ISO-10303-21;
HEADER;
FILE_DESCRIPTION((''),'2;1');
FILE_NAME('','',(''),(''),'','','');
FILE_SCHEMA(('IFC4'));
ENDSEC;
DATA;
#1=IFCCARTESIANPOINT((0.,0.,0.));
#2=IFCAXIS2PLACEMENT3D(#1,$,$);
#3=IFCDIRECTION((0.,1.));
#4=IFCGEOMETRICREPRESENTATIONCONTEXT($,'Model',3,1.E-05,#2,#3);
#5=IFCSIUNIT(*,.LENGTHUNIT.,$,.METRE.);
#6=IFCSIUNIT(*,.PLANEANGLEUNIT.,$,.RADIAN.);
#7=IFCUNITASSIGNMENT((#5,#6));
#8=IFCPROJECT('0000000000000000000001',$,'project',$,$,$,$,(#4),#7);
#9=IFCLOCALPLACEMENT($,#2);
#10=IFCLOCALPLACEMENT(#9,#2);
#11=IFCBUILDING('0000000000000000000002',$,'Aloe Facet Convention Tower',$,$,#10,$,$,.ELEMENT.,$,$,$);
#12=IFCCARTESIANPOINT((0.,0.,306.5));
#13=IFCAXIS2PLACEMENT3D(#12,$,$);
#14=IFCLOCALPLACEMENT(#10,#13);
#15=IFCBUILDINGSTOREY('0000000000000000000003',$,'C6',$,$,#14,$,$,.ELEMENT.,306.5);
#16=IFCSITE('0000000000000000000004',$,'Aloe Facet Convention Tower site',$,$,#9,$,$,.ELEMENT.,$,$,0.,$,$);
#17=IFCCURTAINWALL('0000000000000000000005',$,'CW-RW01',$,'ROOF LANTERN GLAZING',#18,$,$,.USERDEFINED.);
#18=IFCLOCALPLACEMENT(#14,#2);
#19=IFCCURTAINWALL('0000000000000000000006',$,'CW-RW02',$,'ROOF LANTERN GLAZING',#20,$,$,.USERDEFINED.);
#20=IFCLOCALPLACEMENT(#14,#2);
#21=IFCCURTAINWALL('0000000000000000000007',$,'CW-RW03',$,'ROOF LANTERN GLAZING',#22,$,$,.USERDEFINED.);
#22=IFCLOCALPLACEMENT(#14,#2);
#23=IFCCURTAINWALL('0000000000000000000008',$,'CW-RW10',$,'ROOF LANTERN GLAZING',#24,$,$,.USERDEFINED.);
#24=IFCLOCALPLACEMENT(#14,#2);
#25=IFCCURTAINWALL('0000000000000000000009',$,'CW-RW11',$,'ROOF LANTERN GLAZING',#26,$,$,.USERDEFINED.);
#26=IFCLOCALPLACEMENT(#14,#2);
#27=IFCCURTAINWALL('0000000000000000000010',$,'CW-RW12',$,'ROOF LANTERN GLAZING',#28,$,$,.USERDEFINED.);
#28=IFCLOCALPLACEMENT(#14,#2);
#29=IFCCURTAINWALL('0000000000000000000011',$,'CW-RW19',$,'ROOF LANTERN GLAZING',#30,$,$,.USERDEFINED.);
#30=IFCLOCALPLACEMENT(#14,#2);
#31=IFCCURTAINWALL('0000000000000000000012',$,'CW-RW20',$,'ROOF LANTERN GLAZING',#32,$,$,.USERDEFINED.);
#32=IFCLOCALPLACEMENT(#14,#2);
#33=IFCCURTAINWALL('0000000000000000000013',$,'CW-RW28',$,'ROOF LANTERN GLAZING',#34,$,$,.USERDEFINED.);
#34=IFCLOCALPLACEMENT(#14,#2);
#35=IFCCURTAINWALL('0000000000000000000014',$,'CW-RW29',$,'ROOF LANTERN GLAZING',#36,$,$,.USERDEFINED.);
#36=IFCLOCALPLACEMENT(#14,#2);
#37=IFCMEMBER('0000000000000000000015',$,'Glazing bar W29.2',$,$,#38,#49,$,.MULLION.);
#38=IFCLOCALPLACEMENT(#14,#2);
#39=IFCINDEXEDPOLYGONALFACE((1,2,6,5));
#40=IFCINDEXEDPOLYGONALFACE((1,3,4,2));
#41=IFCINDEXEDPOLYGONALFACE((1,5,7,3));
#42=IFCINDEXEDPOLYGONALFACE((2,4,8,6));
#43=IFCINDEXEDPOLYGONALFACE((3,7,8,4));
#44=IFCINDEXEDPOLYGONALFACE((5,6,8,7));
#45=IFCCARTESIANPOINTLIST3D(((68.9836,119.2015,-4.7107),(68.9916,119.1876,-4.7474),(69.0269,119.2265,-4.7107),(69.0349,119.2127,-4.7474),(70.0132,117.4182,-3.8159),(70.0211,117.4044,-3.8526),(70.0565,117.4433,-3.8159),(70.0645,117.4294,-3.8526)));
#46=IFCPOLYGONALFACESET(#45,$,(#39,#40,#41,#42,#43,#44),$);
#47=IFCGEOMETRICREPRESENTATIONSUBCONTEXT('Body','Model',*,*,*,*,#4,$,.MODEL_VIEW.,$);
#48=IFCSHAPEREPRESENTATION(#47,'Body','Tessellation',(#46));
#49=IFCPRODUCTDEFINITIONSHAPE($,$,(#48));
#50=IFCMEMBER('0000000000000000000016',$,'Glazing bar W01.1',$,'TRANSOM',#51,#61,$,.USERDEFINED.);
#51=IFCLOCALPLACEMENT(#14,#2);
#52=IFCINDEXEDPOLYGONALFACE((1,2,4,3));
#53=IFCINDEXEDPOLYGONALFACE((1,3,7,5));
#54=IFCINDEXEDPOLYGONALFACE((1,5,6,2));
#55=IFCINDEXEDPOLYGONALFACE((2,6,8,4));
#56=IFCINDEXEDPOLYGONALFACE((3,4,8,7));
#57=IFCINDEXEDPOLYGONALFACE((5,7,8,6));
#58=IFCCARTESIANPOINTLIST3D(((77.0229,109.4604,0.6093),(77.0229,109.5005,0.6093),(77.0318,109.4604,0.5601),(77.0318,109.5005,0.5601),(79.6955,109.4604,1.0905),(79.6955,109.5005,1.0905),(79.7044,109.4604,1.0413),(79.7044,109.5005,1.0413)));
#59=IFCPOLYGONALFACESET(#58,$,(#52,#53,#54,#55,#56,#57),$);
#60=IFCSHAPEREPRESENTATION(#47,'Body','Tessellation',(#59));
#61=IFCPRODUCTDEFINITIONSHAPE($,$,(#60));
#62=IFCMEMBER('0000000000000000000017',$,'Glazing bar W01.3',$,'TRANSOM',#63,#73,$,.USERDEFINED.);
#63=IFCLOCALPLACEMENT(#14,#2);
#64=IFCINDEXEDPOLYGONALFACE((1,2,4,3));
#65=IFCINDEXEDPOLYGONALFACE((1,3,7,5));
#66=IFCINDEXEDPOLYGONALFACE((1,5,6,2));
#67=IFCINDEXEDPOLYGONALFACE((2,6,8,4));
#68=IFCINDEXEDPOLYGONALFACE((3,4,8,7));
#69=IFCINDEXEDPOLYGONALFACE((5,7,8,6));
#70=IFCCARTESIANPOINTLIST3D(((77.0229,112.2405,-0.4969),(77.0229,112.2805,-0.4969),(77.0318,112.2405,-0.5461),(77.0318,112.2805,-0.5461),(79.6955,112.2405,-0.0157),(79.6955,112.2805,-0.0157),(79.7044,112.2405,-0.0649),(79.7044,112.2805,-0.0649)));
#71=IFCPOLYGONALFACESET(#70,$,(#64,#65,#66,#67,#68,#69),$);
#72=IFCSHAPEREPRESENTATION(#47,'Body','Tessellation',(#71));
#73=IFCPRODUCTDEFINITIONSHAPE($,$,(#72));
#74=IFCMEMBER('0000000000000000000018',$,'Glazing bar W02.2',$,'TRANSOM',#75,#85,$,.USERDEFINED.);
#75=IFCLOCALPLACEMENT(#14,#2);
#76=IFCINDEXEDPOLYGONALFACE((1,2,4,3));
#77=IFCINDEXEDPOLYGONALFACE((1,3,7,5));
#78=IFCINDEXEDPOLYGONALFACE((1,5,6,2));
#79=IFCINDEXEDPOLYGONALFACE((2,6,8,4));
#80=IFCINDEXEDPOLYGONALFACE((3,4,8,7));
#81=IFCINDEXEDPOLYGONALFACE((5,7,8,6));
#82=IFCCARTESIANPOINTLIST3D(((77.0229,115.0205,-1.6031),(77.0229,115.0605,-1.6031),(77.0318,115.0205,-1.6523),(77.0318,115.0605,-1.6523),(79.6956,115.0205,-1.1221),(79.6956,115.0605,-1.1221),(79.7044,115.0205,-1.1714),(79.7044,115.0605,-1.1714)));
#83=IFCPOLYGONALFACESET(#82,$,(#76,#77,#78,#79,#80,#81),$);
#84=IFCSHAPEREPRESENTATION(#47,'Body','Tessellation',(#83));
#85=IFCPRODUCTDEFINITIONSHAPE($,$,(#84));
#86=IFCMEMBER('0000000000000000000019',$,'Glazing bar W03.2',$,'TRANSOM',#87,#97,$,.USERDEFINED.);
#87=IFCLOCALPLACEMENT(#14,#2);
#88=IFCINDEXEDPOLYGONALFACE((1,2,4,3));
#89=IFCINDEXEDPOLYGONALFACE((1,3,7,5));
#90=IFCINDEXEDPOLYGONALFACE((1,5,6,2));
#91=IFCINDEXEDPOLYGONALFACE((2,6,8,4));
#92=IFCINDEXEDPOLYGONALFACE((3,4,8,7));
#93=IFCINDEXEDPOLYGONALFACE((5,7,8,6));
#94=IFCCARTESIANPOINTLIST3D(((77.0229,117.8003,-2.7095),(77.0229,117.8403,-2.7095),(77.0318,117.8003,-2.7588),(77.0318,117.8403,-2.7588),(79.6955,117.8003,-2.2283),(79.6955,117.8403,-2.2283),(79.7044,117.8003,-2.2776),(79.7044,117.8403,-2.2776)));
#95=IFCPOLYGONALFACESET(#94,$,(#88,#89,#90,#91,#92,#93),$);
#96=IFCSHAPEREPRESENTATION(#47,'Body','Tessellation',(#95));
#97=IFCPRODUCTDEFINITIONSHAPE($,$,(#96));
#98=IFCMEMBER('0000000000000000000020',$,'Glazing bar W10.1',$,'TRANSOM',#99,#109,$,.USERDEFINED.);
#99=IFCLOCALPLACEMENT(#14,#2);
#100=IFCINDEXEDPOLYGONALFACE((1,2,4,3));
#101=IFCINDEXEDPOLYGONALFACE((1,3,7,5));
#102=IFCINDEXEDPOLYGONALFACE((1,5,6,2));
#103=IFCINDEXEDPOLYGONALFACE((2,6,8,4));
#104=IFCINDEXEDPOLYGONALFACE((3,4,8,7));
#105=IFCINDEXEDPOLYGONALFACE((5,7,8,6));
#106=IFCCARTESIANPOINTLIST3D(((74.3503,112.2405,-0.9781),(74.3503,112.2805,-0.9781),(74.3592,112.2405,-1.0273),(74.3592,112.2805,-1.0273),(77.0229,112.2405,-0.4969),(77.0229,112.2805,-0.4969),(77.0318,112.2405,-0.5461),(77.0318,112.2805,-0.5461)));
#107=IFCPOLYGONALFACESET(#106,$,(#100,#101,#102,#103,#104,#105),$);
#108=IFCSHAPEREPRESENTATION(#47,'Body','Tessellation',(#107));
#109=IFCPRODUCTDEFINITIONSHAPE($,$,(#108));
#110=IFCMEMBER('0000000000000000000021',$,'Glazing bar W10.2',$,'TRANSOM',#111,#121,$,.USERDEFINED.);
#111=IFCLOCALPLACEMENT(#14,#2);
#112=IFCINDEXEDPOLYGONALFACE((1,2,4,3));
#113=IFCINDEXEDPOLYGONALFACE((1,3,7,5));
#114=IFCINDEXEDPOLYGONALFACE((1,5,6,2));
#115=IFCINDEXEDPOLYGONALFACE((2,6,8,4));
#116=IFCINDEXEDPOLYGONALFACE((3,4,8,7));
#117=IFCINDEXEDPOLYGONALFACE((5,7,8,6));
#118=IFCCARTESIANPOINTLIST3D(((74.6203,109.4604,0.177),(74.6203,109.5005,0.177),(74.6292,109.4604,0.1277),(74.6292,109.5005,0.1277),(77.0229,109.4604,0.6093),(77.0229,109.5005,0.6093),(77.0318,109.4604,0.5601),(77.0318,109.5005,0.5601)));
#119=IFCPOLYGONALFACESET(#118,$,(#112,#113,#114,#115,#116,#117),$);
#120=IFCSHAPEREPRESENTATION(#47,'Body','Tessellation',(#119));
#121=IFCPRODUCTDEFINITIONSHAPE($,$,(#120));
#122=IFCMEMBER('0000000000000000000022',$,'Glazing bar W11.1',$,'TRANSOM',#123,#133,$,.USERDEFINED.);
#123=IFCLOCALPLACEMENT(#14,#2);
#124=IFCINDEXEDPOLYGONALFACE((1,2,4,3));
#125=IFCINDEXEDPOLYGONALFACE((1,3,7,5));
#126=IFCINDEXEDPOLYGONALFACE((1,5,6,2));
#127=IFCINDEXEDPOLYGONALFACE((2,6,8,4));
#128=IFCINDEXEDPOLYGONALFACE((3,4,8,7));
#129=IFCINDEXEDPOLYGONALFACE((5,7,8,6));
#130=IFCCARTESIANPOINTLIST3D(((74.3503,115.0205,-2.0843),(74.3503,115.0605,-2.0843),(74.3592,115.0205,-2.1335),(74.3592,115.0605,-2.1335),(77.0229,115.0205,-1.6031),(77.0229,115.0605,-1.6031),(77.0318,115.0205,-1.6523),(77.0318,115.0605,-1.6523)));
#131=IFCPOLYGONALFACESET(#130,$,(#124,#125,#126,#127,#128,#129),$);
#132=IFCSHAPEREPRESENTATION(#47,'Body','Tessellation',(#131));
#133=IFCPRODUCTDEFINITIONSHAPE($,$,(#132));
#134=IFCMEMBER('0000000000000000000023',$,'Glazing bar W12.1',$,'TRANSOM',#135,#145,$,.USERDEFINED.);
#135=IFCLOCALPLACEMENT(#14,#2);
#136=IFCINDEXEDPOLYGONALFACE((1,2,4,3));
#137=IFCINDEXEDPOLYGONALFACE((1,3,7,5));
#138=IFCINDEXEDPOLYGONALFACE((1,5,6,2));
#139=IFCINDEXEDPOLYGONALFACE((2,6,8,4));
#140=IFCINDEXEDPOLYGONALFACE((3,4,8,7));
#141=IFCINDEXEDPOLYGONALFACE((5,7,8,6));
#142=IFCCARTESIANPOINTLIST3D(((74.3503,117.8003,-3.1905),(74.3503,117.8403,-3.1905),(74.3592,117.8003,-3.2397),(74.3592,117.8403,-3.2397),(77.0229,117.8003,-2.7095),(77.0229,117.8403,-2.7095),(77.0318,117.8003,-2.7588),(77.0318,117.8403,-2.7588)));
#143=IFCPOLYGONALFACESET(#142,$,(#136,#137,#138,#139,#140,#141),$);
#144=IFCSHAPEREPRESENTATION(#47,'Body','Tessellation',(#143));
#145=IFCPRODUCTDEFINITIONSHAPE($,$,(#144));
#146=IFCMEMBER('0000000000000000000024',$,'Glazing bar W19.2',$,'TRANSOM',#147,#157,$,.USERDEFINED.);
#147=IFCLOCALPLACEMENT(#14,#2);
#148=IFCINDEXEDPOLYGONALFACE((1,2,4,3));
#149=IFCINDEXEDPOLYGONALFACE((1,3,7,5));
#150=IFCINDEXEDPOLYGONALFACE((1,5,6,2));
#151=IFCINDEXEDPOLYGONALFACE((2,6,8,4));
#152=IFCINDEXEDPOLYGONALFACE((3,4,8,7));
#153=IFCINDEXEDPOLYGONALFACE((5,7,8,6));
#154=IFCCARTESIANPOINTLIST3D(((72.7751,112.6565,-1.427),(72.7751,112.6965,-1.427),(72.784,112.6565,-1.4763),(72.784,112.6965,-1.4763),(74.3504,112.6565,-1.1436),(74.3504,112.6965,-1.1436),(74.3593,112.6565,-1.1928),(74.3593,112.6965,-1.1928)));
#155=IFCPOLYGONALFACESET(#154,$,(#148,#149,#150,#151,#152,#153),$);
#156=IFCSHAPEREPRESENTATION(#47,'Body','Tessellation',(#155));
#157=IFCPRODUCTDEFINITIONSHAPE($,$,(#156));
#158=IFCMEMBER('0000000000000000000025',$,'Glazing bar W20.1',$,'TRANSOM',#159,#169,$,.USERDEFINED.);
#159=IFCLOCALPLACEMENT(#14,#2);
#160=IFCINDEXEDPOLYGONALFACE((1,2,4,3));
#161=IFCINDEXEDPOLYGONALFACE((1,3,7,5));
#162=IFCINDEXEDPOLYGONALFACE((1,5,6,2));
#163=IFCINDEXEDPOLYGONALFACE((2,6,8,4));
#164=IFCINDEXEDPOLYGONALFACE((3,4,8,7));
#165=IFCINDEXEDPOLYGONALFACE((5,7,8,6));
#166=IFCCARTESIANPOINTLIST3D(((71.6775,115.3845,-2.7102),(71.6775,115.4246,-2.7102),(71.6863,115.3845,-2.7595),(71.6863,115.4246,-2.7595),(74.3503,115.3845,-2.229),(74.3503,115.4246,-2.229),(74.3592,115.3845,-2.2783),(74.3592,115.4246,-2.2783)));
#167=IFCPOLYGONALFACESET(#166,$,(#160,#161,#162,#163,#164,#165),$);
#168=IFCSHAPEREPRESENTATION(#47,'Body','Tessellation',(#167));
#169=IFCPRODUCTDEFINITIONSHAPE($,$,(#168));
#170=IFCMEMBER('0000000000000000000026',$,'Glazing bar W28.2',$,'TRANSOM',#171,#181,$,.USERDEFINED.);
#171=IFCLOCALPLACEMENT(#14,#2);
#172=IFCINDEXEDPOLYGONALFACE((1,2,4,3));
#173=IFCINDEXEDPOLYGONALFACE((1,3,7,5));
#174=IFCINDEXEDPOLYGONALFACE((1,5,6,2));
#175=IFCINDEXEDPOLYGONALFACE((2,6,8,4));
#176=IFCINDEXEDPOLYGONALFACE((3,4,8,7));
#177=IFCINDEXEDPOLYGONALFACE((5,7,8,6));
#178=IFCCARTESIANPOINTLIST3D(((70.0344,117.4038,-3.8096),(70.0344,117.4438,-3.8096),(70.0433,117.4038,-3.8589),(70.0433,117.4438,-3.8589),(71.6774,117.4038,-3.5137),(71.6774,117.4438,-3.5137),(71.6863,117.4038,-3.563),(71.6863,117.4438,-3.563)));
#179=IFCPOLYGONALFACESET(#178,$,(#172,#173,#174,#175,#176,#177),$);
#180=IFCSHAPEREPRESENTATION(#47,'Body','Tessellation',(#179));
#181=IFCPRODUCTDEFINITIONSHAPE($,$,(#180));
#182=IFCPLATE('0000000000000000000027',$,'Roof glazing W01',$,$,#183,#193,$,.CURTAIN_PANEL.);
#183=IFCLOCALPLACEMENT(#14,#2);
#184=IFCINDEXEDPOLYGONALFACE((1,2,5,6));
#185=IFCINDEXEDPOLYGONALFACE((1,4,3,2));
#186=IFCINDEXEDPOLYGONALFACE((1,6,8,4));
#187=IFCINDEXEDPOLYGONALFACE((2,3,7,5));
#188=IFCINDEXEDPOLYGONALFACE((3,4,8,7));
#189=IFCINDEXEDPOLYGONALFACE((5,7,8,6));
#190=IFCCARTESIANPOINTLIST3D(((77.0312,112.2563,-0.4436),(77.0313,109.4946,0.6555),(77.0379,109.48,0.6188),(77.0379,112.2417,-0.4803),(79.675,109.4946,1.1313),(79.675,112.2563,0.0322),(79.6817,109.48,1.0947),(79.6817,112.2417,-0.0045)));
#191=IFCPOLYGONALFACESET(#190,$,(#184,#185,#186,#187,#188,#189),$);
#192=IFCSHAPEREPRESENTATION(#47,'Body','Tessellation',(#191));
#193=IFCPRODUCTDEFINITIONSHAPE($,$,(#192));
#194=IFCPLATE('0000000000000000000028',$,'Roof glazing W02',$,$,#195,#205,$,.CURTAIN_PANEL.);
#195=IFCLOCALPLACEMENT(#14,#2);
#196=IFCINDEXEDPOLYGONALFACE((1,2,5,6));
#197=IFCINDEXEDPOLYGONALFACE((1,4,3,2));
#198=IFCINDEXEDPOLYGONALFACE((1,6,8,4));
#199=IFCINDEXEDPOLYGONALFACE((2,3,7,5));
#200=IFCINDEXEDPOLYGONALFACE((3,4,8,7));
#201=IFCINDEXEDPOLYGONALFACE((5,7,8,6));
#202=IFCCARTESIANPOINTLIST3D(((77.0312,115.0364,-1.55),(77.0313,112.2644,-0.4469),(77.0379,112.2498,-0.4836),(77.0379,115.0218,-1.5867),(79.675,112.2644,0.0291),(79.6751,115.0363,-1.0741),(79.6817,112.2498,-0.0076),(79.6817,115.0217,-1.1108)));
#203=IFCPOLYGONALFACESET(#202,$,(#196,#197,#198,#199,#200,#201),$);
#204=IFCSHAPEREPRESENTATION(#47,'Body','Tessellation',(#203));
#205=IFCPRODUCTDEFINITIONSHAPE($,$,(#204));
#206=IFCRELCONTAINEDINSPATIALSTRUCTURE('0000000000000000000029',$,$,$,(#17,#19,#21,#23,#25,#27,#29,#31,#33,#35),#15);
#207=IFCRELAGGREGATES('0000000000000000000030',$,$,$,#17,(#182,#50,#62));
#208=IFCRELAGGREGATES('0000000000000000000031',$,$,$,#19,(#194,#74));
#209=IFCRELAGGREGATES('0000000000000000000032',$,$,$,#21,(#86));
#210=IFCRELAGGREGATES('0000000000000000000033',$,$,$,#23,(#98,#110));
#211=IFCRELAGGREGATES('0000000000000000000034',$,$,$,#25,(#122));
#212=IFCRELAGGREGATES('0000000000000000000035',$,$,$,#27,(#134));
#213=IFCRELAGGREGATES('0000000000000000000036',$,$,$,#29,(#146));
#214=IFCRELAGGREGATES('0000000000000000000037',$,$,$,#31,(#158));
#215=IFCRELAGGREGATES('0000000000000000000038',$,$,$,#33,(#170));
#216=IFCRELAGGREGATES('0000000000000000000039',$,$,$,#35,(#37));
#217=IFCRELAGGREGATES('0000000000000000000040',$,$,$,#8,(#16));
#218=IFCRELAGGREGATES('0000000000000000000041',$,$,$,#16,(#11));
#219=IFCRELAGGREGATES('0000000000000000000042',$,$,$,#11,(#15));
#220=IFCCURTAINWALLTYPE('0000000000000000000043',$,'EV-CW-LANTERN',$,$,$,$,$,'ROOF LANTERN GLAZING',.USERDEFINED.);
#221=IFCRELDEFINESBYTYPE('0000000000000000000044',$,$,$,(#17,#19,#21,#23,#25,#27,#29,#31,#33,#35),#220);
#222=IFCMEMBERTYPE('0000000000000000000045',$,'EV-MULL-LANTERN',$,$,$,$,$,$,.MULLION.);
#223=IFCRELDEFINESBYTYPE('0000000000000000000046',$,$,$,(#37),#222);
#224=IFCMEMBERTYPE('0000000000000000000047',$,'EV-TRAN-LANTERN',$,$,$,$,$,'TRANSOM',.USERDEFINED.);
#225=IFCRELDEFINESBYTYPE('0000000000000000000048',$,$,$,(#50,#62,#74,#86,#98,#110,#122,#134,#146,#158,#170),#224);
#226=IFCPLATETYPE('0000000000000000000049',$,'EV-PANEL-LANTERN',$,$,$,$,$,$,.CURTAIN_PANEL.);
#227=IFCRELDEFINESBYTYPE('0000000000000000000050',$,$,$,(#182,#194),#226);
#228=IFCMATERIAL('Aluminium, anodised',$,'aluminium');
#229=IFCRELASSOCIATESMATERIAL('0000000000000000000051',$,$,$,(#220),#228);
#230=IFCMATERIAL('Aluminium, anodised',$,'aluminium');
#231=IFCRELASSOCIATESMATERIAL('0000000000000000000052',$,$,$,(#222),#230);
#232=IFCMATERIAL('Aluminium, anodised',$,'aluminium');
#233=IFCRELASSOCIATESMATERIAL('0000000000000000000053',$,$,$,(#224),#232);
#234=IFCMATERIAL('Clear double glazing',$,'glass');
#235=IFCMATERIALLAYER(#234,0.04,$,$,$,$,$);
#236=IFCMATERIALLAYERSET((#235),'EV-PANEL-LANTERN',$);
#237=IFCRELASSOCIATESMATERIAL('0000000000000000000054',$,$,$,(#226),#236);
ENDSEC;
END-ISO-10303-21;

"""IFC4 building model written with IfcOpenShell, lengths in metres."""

from ifc_helpers import new_model, si_unit, direction, frame, origin, origin_2d, place, context, subcontext, project, spatial, polyline, rectangle, outline, extrude, material, layer, layer_set, material_profile, profile_set, type_object, element, aggregate, save


model = new_model("IFC4")

# Units and contexts
model_context = context("Model", 3, precision=1e-05, world=origin(), true_north=direction((0.0, 1.0)))
body_context = subcontext(model_context, "Body", "Model", "MODEL_VIEW")
ifc_project = project(units=[si_unit("LENGTHUNIT", "METRE"), si_unit("PLANEANGLEUNIT", "RADIAN")], contexts=[model_context])

# Site, building, storey
site_placement = place(None, origin())
site = spatial("IfcSite", under=ifc_project, at=site_placement, Name="Aloe Facet Convention Tower site", CompositionType="ELEMENT", RefElevation=0.0)
building_placement = place(site_placement, origin())
building = spatial("IfcBuilding", under=site, at=building_placement, Name="Aloe Facet Convention Tower", CompositionType="ELEMENT")
storey_placement = place(building_placement, frame((0.0, 0.0, 306.5)))
storey = spatial("IfcBuildingStorey", under=building, at=storey_placement, Name="C6", CompositionType="ELEMENT", Elevation=306.5)

# Curtain walls
ifc_material_1 = material(Name="Aluminium, anodised", Category="aluminium")
curtain_wall_type = type_object("IfcCurtainWallType", Name="EV-CW-LANTERN", ElementType="ROOF LANTERN GLAZING", PredefinedType="USERDEFINED", material=ifc_material_1)
curtain_wall_1_placement = place(storey_placement, origin())
curtain_wall_1 = element("IfcCurtainWall", 1, at=curtain_wall_1_placement, inside=storey, type_object=curtain_wall_type, Name="CW-RW01", ObjectType="ROOF LANTERN GLAZING", PredefinedType="USERDEFINED")
ifc_material_2 = material(Name="Aluminium, anodised", Category="aluminium")
ifc_material_profile_1 = material_profile(ifc_material_2, rectangle(XDim=0.05, YDim=0.04, at=origin_2d()), Name="AL 50x40")
ifc_profile_set_1 = profile_set([ifc_material_profile_1], Name="Aluminium, anodised")
member_type_1 = type_object("IfcMemberType", Name="EV-MULL-LANTERN", PredefinedType="MULLION", material=ifc_profile_set_1)
curtain_wall_2_placement = place(storey_placement, origin())
curtain_wall_2 = element("IfcCurtainWall", 2, at=curtain_wall_2_placement, inside=storey, type_object=curtain_wall_type, Name="CW-RW02", ObjectType="ROOF LANTERN GLAZING", PredefinedType="USERDEFINED")

# Curtain wall
curtain_wall_3_placement = place(storey_placement, origin())
curtain_wall_3 = element("IfcCurtainWall", 3, at=curtain_wall_3_placement, inside=storey, type_object=curtain_wall_type, Name="CW-RW03", ObjectType="ROOF LANTERN GLAZING", PredefinedType="USERDEFINED")

# Curtain wall
curtain_wall_4_placement = place(storey_placement, origin())
curtain_wall_4 = element("IfcCurtainWall", 4, at=curtain_wall_4_placement, inside=storey, type_object=curtain_wall_type, Name="CW-RW10", ObjectType="ROOF LANTERN GLAZING", PredefinedType="USERDEFINED")

# Curtain walls
curtain_wall_5_placement = place(storey_placement, origin())
curtain_wall_5 = element("IfcCurtainWall", 5, at=curtain_wall_5_placement, inside=storey, type_object=curtain_wall_type, Name="CW-RW11", ObjectType="ROOF LANTERN GLAZING", PredefinedType="USERDEFINED")
curtain_wall_6_placement = place(storey_placement, origin())
curtain_wall_6 = element("IfcCurtainWall", 6, at=curtain_wall_6_placement, inside=storey, type_object=curtain_wall_type, Name="CW-RW12", ObjectType="ROOF LANTERN GLAZING", PredefinedType="USERDEFINED")
curtain_wall_7_placement = place(storey_placement, origin())
curtain_wall_7 = element("IfcCurtainWall", 7, at=curtain_wall_7_placement, inside=storey, type_object=curtain_wall_type, Name="CW-RW19", ObjectType="ROOF LANTERN GLAZING", PredefinedType="USERDEFINED")

# Curtain wall
curtain_wall_8_placement = place(storey_placement, origin())
curtain_wall_8 = element("IfcCurtainWall", 8, at=curtain_wall_8_placement, inside=storey, type_object=curtain_wall_type, Name="CW-RW20", ObjectType="ROOF LANTERN GLAZING", PredefinedType="USERDEFINED")

# Curtain walls, member
curtain_wall_9_placement = place(storey_placement, origin())
curtain_wall_9 = element("IfcCurtainWall", 9, at=curtain_wall_9_placement, inside=storey, type_object=curtain_wall_type, Name="CW-RW28", ObjectType="ROOF LANTERN GLAZING", PredefinedType="USERDEFINED")
curtain_wall_10_placement = place(storey_placement, origin())
curtain_wall_10 = element("IfcCurtainWall", 10, at=curtain_wall_10_placement, inside=storey, type_object=curtain_wall_type, Name="CW-RW29", ObjectType="ROOF LANTERN GLAZING", PredefinedType="USERDEFINED")
member_1_placement = place(storey_placement, frame((70.0388, 117.4238, -3.8342), z_axis=(-0.458576, 0.794271, -0.398549), x_axis=(-0.866024, -0.500003, 0.0)))
member_1 = element("IfcMember", 11, at=member_1_placement, type_object=member_type_1, Name="Glazing bar W29.2", PredefinedType="MULLION", context=body_context, shape_type="SweptSolid", body=[
    extrude(rectangle(XDim=0.05, YDim=0.04, at=origin_2d()), origin(), (0.0, 0.0, 1.0), 2.2451),
])

# Members
ifc_material_3 = material(Name="Aluminium, anodised", Category="aluminium")
ifc_material_profile_2 = material_profile(ifc_material_3, rectangle(XDim=0.04, YDim=0.05, at=origin_2d()), Name="AL 40x50")
ifc_profile_set_2 = profile_set([ifc_material_profile_2], Name="Aluminium, anodised")
member_type_2 = type_object("IfcMemberType", Name="EV-TRAN-LANTERN", ElementType="TRANSOM", PredefinedType="USERDEFINED", material=ifc_profile_set_2)
member_2_placement = place(storey_placement, frame((79.7, 109.4805, 1.0659), z_axis=(-0.984175, 0.0, -0.1772), x_axis=(0.0, -1.0, 0.0)))
member_2 = element("IfcMember", 12, at=member_2_placement, type_object=member_type_2, Name="Glazing bar W01.1", ObjectType="TRANSOM", PredefinedType="USERDEFINED", context=body_context, shape_type="SweptSolid", body=[
    extrude(rectangle(XDim=0.04, YDim=0.05, at=origin_2d()), origin(), (0.0, 0.0, 1.0), 2.7156),
])
member_3_placement = place(storey_placement, frame((77.0273, 112.2605, -0.5215), z_axis=(0.984175, 0.0, 0.1772), x_axis=(0.0, 1.0, 0.0)))
member_3 = element("IfcMember", 13, at=member_3_placement, type_object=member_type_2, Name="Glazing bar W01.3", ObjectType="TRANSOM", PredefinedType="USERDEFINED", context=body_context, shape_type="SweptSolid", body=[
    extrude(rectangle(XDim=0.04, YDim=0.05, at=origin_2d()), origin(), (0.0, 0.0, 1.0), 2.7156),
])
member_4_placement = place(storey_placement, frame((77.0273, 115.0405, -1.6277), z_axis=(0.984191, 0.0, 0.177113), x_axis=(0.0, 1.0, 0.0)))
member_4 = element("IfcMember", 14, at=member_4_placement, type_object=member_type_2, Name="Glazing bar W02.2", ObjectType="TRANSOM", PredefinedType="USERDEFINED", context=body_context, shape_type="SweptSolid", body=[
    extrude(rectangle(XDim=0.04, YDim=0.05, at=origin_2d()), origin(), (0.0, 0.0, 1.0), 2.7156),
])
member_5_placement = place(storey_placement, frame((77.0273, 117.8203, -2.7341), z_axis=(0.984175, 0.0, 0.1772), x_axis=(0.0, 1.0, 0.0)))
member_5 = element("IfcMember", 15, at=member_5_placement, type_object=member_type_2, Name="Glazing bar W03.2", ObjectType="TRANSOM", PredefinedType="USERDEFINED", context=body_context, shape_type="SweptSolid", body=[
    extrude(rectangle(XDim=0.04, YDim=0.05, at=origin_2d()), origin(), (0.0, 0.0, 1.0), 2.7156),
])
member_6_placement = place(storey_placement, frame((74.3547, 112.2605, -1.0027), z_axis=(0.984175, 0.0, 0.1772), x_axis=(0.0, 1.0, 0.0)))
member_6 = element("IfcMember", 16, at=member_6_placement, type_object=member_type_2, Name="Glazing bar W10.1", ObjectType="TRANSOM", PredefinedType="USERDEFINED", context=body_context, shape_type="SweptSolid", body=[
    extrude(rectangle(XDim=0.04, YDim=0.05, at=origin_2d()), origin(), (0.0, 0.0, 1.0), 2.7156),
])
member_7_placement = place(storey_placement, frame((77.0273, 109.4805, 0.5847), z_axis=(-0.98419, 0.0, -0.177116), x_axis=(0.0, -1.0, 0.0)))
member_7 = element("IfcMember", 17, at=member_7_placement, type_object=member_type_2, Name="Glazing bar W10.2", ObjectType="TRANSOM", PredefinedType="USERDEFINED", context=body_context, shape_type="SweptSolid", body=[
    extrude(rectangle(XDim=0.04, YDim=0.05, at=origin_2d()), origin(), (0.0, 0.0, 1.0), 2.4412),
])
member_8_placement = place(storey_placement, frame((74.3547, 115.0405, -2.1089), z_axis=(0.984175, 0.0, 0.1772), x_axis=(0.0, 1.0, 0.0)))
member_8 = element("IfcMember", 18, at=member_8_placement, type_object=member_type_2, Name="Glazing bar W11.1", ObjectType="TRANSOM", PredefinedType="USERDEFINED", context=body_context, shape_type="SweptSolid", body=[
    extrude(rectangle(XDim=0.04, YDim=0.05, at=origin_2d()), origin(), (0.0, 0.0, 1.0), 2.7156),
])
member_9_placement = place(storey_placement, frame((74.3547, 117.8203, -3.2151), z_axis=(0.984191, 0.0, 0.177113), x_axis=(0.0, 1.0, 0.0)))
member_9 = element("IfcMember", 19, at=member_9_placement, type_object=member_type_2, Name="Glazing bar W12.1", ObjectType="TRANSOM", PredefinedType="USERDEFINED", context=body_context, shape_type="SweptSolid", body=[
    extrude(rectangle(XDim=0.04, YDim=0.05, at=origin_2d()), origin(), (0.0, 0.0, 1.0), 2.7156),
])
member_10_placement = place(storey_placement, frame((72.7795, 112.6765, -1.4517), z_axis=(0.984193, 0.0, 0.1771), x_axis=(0.0, 1.0, 0.0)))
member_10 = element("IfcMember", 20, at=member_10_placement, type_object=member_type_2, Name="Glazing bar W19.2", ObjectType="TRANSOM", PredefinedType="USERDEFINED", context=body_context, shape_type="SweptSolid", body=[
    extrude(rectangle(XDim=0.04, YDim=0.05, at=origin_2d()), origin(), (0.0, 0.0, 1.0), 1.6006),
])
member_11_placement = place(storey_placement, frame((71.6819, 115.4045, -2.7349), z_axis=(0.984178, 0.0, 0.177184), x_axis=(0.0, 1.0, 0.0)))
member_11 = element("IfcMember", 21, at=member_11_placement, type_object=member_type_2, Name="Glazing bar W20.1", ObjectType="TRANSOM", PredefinedType="USERDEFINED", context=body_context, shape_type="SweptSolid", body=[
    extrude(rectangle(XDim=0.04, YDim=0.05, at=origin_2d()), origin(), (0.0, 0.0, 1.0), 2.7158),
])
member_12_placement = place(storey_placement, frame((70.0388, 117.4238, -3.8342), z_axis=(0.984168, 0.0, 0.177238), x_axis=(0.0, 1.0, 0.0)))
member_12 = element("IfcMember", 22, at=member_12_placement, type_object=member_type_2, Name="Glazing bar W28.2", ObjectType="TRANSOM", PredefinedType="USERDEFINED", context=body_context, shape_type="SweptSolid", body=[
    extrude(rectangle(XDim=0.04, YDim=0.05, at=origin_2d()), origin(), (0.0, 0.0, 1.0), 1.6694),
])

# Plates
ifc_material_4 = material(Name="Clear double glazing", Category="glass")
ifc_layer_1 = layer(ifc_material_4, 0.04)
ifc_layer_set_1 = layer_set([ifc_layer_1], Name="EV-PANEL-LANTERN")
plate_type_1 = type_object("IfcPlateType", Name="EV-PANEL-LANTERN", PredefinedType="CURTAIN_PANEL", material=ifc_layer_set_1)
plate_1_placement = place(storey_placement, frame((77.0312, 112.2563, -0.4436), z_axis=(-0.164933, 0.364712, 0.916397), x_axis=(0.984187, 0.0, 0.177134)))
plate_1 = element("IfcPlate", 23, at=plate_1_placement, type_object=plate_type_1, Name="Roof glazing W01", PredefinedType="CURTAIN_PANEL", context=body_context, shape_type="SweptSolid", body=[
    extrude(outline(polyline([(0.0, 0.0), (2.6863, 0.0), (2.881, -2.966), (0.1947, -2.966), (0.0, 0.0)])), origin(), (0.0, 0.0, -1.0), 0.04),
])
aggregate(curtain_wall_1, [plate_1, member_2, member_3])
plate_2_placement = place(storey_placement, frame((77.0312, 115.0364, -1.55), z_axis=(-0.164975, 0.364694, 0.916396), x_axis=(0.984178, -0.000015, 0.177184)))
plate_2 = element("IfcPlate", 24, at=plate_2_placement, type_object=plate_type_1, Name="Roof glazing W02", PredefinedType="CURTAIN_PANEL", context=body_context, shape_type="SweptSolid", body=[
    extrude(outline(polyline([(0.0, 0.0), (2.6863, 0.0), (2.8818, -2.977), (0.1955, -2.977), (0.0, 0.0)])), origin(), (0.0, 0.0, -1.0), 0.04),
])
aggregate(curtain_wall_2, [plate_2, member_4])
aggregate(curtain_wall_3, [member_5])
aggregate(curtain_wall_4, [member_6, member_7])
aggregate(curtain_wall_5, [member_8])
aggregate(curtain_wall_6, [member_9])
aggregate(curtain_wall_7, [member_10])
aggregate(curtain_wall_8, [member_11])
aggregate(curtain_wall_9, [member_12])
aggregate(curtain_wall_10, [member_1])

save(model, "model.ifc")
